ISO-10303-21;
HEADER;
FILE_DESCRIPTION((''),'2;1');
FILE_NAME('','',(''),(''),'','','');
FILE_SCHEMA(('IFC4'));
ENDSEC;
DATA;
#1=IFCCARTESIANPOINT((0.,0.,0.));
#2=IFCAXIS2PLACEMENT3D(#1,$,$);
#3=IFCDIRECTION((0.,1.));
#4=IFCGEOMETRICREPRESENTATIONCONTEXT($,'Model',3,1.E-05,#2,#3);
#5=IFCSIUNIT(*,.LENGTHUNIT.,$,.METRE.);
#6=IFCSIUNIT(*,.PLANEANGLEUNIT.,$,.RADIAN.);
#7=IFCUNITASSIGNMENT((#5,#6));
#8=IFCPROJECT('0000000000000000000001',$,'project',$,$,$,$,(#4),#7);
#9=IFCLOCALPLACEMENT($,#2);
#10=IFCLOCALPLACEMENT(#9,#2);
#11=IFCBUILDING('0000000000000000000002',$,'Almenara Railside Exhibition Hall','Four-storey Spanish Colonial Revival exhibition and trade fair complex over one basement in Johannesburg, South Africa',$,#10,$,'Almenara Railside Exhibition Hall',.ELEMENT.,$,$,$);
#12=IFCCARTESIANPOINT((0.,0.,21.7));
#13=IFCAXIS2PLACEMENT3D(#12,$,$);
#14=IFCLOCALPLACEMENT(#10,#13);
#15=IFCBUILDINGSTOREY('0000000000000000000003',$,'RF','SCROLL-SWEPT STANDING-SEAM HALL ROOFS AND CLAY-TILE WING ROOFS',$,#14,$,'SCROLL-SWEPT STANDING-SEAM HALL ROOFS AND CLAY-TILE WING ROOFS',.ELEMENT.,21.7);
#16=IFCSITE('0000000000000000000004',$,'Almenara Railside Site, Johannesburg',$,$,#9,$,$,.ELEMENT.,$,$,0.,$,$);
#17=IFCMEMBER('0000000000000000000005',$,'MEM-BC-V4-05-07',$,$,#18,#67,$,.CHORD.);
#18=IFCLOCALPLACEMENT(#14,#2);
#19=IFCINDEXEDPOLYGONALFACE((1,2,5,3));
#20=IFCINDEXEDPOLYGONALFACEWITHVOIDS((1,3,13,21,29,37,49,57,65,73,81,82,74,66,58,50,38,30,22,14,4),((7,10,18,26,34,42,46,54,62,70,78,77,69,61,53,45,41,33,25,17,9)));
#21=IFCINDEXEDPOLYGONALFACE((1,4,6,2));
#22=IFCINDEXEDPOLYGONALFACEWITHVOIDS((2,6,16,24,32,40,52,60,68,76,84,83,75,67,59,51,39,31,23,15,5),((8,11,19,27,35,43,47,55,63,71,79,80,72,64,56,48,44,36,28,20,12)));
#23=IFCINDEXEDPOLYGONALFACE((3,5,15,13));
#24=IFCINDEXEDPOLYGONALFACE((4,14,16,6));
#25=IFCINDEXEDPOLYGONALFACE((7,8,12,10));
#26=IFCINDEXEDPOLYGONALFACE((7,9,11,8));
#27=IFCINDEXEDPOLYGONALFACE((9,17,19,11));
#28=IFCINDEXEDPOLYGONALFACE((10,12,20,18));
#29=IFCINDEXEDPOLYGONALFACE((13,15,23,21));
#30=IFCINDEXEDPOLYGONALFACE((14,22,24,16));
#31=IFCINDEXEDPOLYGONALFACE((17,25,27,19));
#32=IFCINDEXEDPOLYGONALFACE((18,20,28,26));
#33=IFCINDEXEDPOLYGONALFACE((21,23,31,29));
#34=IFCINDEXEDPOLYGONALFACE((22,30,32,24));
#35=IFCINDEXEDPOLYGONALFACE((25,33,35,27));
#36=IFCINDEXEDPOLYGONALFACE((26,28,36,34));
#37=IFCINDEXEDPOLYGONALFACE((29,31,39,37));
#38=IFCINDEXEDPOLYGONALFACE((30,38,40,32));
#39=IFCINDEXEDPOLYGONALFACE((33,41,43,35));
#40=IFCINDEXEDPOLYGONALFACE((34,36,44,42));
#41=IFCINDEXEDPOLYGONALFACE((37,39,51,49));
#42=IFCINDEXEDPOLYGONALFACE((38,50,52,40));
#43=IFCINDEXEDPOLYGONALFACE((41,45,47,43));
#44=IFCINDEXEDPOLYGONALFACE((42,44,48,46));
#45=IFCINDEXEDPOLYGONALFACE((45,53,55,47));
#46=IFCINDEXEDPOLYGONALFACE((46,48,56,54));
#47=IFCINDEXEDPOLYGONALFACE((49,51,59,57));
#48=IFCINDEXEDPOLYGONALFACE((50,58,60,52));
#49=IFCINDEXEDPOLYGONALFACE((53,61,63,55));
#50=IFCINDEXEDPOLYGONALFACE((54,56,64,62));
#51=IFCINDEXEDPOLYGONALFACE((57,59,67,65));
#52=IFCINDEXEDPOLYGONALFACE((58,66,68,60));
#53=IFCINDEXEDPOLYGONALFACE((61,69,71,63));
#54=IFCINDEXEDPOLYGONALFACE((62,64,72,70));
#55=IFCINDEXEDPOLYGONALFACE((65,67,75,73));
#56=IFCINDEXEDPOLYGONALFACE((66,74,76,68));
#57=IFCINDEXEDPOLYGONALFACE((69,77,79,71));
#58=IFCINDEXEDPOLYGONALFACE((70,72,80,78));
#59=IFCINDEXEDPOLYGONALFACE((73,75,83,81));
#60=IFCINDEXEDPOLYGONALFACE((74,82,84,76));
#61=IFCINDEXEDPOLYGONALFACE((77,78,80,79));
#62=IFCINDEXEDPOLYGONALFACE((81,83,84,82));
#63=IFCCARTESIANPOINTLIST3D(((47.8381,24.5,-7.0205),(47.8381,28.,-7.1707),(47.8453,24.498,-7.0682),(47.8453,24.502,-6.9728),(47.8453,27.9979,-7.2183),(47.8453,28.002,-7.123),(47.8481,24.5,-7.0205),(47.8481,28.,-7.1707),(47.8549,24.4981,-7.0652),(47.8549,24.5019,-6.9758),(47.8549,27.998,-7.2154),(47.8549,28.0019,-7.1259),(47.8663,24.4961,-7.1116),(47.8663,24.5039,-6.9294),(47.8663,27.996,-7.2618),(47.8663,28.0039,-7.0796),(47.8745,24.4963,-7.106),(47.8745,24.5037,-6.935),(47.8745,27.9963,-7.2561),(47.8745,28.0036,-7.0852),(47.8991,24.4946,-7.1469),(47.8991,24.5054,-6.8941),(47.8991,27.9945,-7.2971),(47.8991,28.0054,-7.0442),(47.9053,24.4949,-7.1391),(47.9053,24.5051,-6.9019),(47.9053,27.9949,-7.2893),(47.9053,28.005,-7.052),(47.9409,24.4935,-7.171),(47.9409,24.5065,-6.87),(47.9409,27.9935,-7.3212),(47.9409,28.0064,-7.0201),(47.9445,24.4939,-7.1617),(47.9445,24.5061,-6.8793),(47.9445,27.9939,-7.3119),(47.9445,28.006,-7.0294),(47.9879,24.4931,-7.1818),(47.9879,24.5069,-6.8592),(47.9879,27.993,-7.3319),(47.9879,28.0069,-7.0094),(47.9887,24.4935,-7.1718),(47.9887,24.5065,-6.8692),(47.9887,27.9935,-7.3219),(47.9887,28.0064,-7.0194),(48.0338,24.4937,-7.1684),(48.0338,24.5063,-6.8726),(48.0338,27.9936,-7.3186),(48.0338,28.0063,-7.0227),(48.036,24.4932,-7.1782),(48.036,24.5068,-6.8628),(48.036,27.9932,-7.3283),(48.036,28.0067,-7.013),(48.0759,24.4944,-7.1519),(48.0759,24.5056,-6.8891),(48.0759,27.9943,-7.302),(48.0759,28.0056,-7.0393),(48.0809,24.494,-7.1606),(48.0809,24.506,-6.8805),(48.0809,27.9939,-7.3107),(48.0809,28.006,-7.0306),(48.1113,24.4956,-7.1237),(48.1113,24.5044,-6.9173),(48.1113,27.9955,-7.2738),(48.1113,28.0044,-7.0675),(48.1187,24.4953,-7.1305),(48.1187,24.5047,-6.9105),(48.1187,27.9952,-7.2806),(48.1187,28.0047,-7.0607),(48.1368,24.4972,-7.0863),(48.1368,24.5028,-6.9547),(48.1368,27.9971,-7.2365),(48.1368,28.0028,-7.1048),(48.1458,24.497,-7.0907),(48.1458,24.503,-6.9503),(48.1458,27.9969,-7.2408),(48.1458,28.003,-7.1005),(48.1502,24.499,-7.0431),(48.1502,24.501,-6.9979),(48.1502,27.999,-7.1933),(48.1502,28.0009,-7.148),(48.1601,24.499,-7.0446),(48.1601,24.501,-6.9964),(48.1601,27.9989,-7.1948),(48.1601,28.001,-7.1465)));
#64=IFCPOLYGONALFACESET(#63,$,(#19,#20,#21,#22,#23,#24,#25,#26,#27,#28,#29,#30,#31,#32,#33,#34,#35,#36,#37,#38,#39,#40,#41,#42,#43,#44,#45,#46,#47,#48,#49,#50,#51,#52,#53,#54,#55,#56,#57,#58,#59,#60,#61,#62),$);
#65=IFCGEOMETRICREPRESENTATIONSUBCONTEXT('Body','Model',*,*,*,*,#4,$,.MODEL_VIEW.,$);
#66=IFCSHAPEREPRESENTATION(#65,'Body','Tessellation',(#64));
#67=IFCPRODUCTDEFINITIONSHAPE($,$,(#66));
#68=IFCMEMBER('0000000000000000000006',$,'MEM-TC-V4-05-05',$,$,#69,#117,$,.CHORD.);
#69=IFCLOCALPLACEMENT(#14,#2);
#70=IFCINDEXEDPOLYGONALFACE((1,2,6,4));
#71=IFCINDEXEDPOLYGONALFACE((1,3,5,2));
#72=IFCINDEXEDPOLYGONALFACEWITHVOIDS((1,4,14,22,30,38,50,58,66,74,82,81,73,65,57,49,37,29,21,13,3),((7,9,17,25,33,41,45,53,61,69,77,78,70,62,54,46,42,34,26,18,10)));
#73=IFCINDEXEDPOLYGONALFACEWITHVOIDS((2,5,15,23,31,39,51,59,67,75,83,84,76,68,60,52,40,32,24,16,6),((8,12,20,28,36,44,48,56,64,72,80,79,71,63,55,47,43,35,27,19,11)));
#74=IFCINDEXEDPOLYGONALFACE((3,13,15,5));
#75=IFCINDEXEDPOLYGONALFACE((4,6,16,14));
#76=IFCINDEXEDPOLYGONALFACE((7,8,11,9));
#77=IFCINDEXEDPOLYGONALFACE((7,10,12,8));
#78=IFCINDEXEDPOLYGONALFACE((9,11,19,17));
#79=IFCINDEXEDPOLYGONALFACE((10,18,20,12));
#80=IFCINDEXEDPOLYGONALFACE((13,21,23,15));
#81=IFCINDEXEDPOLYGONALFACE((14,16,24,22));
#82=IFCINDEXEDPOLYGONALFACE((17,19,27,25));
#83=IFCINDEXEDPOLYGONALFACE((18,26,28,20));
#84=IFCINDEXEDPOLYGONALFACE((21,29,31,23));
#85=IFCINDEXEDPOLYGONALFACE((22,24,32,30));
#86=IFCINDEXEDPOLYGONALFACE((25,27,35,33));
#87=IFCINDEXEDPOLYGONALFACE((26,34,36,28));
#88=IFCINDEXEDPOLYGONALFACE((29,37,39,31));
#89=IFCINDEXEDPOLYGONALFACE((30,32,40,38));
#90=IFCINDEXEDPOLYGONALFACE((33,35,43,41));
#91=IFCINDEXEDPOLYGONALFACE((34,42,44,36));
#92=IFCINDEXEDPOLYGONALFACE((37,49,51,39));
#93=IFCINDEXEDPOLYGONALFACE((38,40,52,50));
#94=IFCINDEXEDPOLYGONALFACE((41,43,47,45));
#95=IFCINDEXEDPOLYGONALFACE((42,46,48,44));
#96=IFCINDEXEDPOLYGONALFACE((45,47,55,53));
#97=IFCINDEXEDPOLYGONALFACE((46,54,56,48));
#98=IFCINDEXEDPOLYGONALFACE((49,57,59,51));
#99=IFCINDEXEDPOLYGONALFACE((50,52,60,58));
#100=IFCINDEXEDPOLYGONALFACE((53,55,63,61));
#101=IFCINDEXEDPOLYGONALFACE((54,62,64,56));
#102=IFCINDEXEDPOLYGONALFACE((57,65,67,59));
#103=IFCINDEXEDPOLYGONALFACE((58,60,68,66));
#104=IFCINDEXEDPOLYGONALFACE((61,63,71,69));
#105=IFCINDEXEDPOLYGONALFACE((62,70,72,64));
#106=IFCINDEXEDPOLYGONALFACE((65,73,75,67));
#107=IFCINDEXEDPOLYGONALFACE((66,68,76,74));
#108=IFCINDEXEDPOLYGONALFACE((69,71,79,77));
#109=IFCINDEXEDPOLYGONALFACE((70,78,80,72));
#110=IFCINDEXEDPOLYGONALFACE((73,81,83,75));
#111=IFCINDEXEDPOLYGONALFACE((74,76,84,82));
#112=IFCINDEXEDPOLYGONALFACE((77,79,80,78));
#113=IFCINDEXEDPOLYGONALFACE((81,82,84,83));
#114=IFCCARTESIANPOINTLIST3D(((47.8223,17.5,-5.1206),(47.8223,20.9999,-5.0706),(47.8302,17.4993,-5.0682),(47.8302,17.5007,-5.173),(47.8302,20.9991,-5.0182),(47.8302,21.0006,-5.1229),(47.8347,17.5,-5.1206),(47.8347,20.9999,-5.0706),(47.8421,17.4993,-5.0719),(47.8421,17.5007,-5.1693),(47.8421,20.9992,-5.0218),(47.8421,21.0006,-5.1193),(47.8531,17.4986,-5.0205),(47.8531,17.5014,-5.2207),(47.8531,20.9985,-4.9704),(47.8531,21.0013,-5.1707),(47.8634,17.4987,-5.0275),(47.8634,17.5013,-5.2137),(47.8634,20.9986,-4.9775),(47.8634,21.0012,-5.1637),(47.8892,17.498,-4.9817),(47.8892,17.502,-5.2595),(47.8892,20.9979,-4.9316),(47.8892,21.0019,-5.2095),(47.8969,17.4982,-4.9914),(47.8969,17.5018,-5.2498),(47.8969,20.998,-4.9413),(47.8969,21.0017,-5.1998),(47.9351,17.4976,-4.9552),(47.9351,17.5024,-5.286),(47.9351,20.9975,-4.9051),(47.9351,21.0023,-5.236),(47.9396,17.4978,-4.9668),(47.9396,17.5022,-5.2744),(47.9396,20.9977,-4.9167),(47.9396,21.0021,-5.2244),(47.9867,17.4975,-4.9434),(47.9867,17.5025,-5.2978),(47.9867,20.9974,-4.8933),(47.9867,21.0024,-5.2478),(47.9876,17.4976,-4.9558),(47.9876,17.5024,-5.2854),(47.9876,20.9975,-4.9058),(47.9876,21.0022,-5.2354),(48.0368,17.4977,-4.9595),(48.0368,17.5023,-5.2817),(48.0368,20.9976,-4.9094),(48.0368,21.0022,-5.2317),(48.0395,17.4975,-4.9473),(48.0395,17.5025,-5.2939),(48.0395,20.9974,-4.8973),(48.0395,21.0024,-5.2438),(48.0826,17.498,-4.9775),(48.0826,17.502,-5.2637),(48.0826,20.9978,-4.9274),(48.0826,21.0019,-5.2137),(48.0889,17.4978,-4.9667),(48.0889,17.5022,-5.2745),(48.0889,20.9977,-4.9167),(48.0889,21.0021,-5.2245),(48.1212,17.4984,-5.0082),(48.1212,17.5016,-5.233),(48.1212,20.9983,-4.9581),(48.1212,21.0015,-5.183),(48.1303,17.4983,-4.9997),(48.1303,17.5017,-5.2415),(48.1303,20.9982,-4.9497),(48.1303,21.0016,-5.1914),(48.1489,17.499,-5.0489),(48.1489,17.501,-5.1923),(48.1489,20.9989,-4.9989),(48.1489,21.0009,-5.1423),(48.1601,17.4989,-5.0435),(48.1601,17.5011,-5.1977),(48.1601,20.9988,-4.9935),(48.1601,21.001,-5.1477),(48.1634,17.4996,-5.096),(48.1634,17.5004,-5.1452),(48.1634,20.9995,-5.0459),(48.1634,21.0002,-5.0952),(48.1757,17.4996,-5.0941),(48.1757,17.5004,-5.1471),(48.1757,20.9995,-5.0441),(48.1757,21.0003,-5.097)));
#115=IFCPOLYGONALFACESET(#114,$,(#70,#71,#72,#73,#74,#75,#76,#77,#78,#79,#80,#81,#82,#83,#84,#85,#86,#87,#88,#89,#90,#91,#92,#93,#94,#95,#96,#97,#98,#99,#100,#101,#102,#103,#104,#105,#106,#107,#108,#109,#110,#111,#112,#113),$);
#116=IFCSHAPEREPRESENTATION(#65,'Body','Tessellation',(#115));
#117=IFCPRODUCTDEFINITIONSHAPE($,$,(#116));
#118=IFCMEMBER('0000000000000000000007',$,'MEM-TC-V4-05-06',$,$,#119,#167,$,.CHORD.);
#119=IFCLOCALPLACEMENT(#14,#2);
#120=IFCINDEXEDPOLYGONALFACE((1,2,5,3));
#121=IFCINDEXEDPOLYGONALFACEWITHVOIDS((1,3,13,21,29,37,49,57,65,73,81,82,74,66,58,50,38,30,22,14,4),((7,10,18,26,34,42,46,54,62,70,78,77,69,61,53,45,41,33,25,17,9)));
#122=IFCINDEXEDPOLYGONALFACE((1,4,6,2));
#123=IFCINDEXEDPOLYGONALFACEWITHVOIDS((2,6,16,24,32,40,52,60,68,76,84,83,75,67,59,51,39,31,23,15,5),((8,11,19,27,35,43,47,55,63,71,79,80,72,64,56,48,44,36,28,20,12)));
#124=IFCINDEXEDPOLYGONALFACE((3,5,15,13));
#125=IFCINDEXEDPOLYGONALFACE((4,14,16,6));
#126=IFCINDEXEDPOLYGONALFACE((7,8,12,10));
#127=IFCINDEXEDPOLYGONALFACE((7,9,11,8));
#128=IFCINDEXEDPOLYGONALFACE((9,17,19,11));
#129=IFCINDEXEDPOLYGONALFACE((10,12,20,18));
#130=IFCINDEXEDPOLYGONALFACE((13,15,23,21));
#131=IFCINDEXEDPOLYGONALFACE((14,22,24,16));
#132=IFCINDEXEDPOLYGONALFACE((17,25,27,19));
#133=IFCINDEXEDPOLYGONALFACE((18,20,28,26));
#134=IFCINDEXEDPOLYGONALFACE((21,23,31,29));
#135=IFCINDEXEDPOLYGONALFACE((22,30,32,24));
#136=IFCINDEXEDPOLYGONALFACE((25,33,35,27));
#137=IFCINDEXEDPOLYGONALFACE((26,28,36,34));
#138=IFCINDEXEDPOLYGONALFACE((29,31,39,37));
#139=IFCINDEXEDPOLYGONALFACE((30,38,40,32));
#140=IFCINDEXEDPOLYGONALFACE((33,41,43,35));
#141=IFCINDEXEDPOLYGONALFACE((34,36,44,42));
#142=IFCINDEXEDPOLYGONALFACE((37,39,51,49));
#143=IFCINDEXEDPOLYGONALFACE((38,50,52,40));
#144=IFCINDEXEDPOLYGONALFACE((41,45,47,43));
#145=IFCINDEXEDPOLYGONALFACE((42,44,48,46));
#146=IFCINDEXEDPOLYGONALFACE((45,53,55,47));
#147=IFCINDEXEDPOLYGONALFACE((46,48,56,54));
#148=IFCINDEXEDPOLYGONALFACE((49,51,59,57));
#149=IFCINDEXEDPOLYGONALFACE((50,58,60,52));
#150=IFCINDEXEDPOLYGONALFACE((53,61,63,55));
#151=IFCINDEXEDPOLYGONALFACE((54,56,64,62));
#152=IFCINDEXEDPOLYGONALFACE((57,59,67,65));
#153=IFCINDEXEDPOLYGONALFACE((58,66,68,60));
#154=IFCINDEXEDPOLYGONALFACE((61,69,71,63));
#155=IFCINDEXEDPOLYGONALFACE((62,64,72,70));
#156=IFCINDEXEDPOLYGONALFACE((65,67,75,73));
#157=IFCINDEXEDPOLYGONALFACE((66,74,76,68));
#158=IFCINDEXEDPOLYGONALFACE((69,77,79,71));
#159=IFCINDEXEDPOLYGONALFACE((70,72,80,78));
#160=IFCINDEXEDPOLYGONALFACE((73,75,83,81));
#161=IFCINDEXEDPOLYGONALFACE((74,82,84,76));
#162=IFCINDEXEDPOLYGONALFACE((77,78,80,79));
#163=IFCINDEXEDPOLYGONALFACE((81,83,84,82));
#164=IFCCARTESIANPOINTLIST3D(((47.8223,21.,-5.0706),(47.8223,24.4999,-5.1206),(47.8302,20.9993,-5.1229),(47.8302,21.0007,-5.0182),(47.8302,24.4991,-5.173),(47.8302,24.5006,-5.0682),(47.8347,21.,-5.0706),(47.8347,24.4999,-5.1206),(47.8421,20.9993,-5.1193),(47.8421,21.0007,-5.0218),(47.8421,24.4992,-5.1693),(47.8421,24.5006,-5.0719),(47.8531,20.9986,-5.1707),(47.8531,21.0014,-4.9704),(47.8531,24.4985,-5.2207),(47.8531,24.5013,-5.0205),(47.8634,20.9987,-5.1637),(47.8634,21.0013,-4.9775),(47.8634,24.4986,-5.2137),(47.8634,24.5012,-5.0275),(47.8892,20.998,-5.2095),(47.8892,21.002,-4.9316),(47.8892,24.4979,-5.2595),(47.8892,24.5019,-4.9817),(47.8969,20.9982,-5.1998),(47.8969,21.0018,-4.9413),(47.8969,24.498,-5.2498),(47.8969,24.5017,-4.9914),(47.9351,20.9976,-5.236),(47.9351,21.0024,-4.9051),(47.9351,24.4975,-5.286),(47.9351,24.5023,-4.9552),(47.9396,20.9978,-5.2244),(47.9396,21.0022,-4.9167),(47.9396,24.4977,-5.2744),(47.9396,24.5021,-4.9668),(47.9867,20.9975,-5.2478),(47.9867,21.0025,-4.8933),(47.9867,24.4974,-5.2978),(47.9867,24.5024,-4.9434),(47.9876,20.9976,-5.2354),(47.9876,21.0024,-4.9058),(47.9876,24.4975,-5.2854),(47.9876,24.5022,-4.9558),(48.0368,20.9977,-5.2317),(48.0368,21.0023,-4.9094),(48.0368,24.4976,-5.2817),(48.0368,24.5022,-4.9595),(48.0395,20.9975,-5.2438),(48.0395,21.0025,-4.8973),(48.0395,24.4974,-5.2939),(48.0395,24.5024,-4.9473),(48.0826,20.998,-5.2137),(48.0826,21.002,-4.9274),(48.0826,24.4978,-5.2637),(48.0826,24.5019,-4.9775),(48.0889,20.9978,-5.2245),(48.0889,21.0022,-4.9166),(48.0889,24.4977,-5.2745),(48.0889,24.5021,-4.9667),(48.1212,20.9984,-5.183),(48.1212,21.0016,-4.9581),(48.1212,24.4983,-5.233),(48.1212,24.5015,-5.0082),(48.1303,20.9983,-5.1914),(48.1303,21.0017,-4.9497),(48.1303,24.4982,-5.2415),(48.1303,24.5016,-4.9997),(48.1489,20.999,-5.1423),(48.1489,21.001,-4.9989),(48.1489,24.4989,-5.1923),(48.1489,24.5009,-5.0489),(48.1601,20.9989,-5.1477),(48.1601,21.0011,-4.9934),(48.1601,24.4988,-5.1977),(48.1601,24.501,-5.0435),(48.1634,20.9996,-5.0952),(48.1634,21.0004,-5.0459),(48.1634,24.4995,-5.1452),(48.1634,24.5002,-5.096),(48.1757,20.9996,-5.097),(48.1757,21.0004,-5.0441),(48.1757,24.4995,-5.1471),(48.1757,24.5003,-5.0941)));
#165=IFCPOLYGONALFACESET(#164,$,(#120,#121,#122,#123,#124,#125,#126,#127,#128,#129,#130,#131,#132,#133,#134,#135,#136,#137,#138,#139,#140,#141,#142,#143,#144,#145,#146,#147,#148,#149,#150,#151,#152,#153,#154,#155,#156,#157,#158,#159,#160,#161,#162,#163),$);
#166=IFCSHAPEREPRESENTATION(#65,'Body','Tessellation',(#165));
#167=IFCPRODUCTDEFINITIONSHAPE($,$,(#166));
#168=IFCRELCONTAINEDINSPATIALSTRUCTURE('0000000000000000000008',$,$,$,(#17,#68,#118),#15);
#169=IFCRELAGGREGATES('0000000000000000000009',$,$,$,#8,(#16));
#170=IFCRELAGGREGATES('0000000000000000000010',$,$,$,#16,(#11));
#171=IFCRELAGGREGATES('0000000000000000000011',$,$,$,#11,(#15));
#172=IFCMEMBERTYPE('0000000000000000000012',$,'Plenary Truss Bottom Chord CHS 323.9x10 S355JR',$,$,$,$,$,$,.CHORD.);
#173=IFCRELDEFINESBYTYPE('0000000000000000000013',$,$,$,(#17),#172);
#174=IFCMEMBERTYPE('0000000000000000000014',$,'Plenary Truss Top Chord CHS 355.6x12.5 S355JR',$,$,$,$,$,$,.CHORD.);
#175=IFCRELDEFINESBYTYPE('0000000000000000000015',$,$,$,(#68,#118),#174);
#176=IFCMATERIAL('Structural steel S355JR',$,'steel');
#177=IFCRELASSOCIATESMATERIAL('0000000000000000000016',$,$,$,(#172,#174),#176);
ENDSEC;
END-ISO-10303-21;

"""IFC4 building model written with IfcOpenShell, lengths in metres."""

from ifc_helpers import new_model, si_unit, direction, frame, origin, origin_2d, place, context, subcontext, project, spatial, hollow_circle, extrude, material, material_profile, profile_set, type_object, element, save


model = new_model("IFC4")

# Units and contexts
model_context = context("Model", 3, precision=1e-05, world=origin(), true_north=direction((0.0, 1.0)))
body_context = subcontext(model_context, "Body", "Model", "MODEL_VIEW")
ifc_project = project(units=[si_unit("LENGTHUNIT", "METRE"), si_unit("PLANEANGLEUNIT", "RADIAN")], contexts=[model_context])

# Site, building, storey
site_placement = place(None, origin())
site = spatial("IfcSite", under=ifc_project, at=site_placement, Name="Almenara Railside Site, Johannesburg", CompositionType="ELEMENT", RefElevation=0.0)
building_placement = place(site_placement, origin())
building = spatial("IfcBuilding", under=site, at=building_placement, Name="Almenara Railside Exhibition Hall", Description="Four-storey Spanish Colonial Revival exhibition and trade fair complex over one basement in Johannesburg, South Africa", LongName="Almenara Railside Exhibition Hall", CompositionType="ELEMENT")
storey_placement = place(building_placement, frame((0.0, 0.0, 21.7)))
storey = spatial("IfcBuildingStorey", under=building, at=storey_placement, Name="RF", Description="SCROLL-SWEPT STANDING-SEAM HALL ROOFS AND CLAY-TILE WING ROOFS", LongName="SCROLL-SWEPT STANDING-SEAM HALL ROOFS AND CLAY-TILE WING ROOFS", CompositionType="ELEMENT", Elevation=21.7)

# Members
ifc_material_1 = material(Name="Structural steel S355JR", Category="steel")
ifc_material_profile_1 = material_profile(ifc_material_1, hollow_circle(Radius=0.1619, WallThickness=0.01, at=origin_2d()), Name="CHS 323.9x10")
ifc_profile_set_1 = profile_set([ifc_material_profile_1], Name="Structural steel S355JR")
member_type_1 = type_object("IfcMemberType", Name="Plenary Truss Bottom Chord CHS 323.9x10 S355JR", PredefinedType="CHORD", material=ifc_profile_set_1)
member_1_placement = place(storey_placement, frame((48.0, 24.5, -7.0205), z_axis=(0.0, 0.999081, -0.04286), x_axis=(-1.0, 0.0, 0.0)))
element("IfcMember", 1, at=member_1_placement, inside=storey, type_object=member_type_1, Name="MEM-BC-V4-05-07", PredefinedType="CHORD", context=body_context, shape_type="SweptSolid", body=[
    extrude(hollow_circle(Radius=0.1619, WallThickness=0.01, at=origin_2d()), origin(), (0.0, 0.0, 1.0), 3.5032),
])
ifc_material_profile_2 = material_profile(ifc_material_1, hollow_circle(Radius=0.1777, WallThickness=0.0125, at=origin_2d()), Name="CHS 355.6x12.5")
ifc_profile_set_2 = profile_set([ifc_material_profile_2], Name="Structural steel S355JR")
member_type_2 = type_object("IfcMemberType", Name="Plenary Truss Top Chord CHS 355.6x12.5 S355JR", PredefinedType="CHORD", material=ifc_profile_set_2)
for number, where, z_axis, x_axis, name in (
    (2, (48.0, 17.5, -5.1206), (0.0, 0.999898, 0.014298), (-1.0, 0.0, 0.0), "MEM-TC-V4-05-05"),
    (3, (48.0, 21.0, -5.0706), (0.0, 0.999898, -0.014298), (-1.0, 0.0, 0.0), "MEM-TC-V4-05-06"),
):
    element("IfcMember", number, at=place(storey_placement, frame(where, z_axis=z_axis, x_axis=x_axis)), inside=storey, type_object=member_type_2, Name=name, PredefinedType="CHORD", context=body_context, shape_type="SweptSolid", body=[
        extrude(hollow_circle(Radius=0.1777, WallThickness=0.0125, at=origin_2d()), origin(), (0.0, 0.0, 1.0), 3.5002),
    ])

save(model, "model.ifc")
